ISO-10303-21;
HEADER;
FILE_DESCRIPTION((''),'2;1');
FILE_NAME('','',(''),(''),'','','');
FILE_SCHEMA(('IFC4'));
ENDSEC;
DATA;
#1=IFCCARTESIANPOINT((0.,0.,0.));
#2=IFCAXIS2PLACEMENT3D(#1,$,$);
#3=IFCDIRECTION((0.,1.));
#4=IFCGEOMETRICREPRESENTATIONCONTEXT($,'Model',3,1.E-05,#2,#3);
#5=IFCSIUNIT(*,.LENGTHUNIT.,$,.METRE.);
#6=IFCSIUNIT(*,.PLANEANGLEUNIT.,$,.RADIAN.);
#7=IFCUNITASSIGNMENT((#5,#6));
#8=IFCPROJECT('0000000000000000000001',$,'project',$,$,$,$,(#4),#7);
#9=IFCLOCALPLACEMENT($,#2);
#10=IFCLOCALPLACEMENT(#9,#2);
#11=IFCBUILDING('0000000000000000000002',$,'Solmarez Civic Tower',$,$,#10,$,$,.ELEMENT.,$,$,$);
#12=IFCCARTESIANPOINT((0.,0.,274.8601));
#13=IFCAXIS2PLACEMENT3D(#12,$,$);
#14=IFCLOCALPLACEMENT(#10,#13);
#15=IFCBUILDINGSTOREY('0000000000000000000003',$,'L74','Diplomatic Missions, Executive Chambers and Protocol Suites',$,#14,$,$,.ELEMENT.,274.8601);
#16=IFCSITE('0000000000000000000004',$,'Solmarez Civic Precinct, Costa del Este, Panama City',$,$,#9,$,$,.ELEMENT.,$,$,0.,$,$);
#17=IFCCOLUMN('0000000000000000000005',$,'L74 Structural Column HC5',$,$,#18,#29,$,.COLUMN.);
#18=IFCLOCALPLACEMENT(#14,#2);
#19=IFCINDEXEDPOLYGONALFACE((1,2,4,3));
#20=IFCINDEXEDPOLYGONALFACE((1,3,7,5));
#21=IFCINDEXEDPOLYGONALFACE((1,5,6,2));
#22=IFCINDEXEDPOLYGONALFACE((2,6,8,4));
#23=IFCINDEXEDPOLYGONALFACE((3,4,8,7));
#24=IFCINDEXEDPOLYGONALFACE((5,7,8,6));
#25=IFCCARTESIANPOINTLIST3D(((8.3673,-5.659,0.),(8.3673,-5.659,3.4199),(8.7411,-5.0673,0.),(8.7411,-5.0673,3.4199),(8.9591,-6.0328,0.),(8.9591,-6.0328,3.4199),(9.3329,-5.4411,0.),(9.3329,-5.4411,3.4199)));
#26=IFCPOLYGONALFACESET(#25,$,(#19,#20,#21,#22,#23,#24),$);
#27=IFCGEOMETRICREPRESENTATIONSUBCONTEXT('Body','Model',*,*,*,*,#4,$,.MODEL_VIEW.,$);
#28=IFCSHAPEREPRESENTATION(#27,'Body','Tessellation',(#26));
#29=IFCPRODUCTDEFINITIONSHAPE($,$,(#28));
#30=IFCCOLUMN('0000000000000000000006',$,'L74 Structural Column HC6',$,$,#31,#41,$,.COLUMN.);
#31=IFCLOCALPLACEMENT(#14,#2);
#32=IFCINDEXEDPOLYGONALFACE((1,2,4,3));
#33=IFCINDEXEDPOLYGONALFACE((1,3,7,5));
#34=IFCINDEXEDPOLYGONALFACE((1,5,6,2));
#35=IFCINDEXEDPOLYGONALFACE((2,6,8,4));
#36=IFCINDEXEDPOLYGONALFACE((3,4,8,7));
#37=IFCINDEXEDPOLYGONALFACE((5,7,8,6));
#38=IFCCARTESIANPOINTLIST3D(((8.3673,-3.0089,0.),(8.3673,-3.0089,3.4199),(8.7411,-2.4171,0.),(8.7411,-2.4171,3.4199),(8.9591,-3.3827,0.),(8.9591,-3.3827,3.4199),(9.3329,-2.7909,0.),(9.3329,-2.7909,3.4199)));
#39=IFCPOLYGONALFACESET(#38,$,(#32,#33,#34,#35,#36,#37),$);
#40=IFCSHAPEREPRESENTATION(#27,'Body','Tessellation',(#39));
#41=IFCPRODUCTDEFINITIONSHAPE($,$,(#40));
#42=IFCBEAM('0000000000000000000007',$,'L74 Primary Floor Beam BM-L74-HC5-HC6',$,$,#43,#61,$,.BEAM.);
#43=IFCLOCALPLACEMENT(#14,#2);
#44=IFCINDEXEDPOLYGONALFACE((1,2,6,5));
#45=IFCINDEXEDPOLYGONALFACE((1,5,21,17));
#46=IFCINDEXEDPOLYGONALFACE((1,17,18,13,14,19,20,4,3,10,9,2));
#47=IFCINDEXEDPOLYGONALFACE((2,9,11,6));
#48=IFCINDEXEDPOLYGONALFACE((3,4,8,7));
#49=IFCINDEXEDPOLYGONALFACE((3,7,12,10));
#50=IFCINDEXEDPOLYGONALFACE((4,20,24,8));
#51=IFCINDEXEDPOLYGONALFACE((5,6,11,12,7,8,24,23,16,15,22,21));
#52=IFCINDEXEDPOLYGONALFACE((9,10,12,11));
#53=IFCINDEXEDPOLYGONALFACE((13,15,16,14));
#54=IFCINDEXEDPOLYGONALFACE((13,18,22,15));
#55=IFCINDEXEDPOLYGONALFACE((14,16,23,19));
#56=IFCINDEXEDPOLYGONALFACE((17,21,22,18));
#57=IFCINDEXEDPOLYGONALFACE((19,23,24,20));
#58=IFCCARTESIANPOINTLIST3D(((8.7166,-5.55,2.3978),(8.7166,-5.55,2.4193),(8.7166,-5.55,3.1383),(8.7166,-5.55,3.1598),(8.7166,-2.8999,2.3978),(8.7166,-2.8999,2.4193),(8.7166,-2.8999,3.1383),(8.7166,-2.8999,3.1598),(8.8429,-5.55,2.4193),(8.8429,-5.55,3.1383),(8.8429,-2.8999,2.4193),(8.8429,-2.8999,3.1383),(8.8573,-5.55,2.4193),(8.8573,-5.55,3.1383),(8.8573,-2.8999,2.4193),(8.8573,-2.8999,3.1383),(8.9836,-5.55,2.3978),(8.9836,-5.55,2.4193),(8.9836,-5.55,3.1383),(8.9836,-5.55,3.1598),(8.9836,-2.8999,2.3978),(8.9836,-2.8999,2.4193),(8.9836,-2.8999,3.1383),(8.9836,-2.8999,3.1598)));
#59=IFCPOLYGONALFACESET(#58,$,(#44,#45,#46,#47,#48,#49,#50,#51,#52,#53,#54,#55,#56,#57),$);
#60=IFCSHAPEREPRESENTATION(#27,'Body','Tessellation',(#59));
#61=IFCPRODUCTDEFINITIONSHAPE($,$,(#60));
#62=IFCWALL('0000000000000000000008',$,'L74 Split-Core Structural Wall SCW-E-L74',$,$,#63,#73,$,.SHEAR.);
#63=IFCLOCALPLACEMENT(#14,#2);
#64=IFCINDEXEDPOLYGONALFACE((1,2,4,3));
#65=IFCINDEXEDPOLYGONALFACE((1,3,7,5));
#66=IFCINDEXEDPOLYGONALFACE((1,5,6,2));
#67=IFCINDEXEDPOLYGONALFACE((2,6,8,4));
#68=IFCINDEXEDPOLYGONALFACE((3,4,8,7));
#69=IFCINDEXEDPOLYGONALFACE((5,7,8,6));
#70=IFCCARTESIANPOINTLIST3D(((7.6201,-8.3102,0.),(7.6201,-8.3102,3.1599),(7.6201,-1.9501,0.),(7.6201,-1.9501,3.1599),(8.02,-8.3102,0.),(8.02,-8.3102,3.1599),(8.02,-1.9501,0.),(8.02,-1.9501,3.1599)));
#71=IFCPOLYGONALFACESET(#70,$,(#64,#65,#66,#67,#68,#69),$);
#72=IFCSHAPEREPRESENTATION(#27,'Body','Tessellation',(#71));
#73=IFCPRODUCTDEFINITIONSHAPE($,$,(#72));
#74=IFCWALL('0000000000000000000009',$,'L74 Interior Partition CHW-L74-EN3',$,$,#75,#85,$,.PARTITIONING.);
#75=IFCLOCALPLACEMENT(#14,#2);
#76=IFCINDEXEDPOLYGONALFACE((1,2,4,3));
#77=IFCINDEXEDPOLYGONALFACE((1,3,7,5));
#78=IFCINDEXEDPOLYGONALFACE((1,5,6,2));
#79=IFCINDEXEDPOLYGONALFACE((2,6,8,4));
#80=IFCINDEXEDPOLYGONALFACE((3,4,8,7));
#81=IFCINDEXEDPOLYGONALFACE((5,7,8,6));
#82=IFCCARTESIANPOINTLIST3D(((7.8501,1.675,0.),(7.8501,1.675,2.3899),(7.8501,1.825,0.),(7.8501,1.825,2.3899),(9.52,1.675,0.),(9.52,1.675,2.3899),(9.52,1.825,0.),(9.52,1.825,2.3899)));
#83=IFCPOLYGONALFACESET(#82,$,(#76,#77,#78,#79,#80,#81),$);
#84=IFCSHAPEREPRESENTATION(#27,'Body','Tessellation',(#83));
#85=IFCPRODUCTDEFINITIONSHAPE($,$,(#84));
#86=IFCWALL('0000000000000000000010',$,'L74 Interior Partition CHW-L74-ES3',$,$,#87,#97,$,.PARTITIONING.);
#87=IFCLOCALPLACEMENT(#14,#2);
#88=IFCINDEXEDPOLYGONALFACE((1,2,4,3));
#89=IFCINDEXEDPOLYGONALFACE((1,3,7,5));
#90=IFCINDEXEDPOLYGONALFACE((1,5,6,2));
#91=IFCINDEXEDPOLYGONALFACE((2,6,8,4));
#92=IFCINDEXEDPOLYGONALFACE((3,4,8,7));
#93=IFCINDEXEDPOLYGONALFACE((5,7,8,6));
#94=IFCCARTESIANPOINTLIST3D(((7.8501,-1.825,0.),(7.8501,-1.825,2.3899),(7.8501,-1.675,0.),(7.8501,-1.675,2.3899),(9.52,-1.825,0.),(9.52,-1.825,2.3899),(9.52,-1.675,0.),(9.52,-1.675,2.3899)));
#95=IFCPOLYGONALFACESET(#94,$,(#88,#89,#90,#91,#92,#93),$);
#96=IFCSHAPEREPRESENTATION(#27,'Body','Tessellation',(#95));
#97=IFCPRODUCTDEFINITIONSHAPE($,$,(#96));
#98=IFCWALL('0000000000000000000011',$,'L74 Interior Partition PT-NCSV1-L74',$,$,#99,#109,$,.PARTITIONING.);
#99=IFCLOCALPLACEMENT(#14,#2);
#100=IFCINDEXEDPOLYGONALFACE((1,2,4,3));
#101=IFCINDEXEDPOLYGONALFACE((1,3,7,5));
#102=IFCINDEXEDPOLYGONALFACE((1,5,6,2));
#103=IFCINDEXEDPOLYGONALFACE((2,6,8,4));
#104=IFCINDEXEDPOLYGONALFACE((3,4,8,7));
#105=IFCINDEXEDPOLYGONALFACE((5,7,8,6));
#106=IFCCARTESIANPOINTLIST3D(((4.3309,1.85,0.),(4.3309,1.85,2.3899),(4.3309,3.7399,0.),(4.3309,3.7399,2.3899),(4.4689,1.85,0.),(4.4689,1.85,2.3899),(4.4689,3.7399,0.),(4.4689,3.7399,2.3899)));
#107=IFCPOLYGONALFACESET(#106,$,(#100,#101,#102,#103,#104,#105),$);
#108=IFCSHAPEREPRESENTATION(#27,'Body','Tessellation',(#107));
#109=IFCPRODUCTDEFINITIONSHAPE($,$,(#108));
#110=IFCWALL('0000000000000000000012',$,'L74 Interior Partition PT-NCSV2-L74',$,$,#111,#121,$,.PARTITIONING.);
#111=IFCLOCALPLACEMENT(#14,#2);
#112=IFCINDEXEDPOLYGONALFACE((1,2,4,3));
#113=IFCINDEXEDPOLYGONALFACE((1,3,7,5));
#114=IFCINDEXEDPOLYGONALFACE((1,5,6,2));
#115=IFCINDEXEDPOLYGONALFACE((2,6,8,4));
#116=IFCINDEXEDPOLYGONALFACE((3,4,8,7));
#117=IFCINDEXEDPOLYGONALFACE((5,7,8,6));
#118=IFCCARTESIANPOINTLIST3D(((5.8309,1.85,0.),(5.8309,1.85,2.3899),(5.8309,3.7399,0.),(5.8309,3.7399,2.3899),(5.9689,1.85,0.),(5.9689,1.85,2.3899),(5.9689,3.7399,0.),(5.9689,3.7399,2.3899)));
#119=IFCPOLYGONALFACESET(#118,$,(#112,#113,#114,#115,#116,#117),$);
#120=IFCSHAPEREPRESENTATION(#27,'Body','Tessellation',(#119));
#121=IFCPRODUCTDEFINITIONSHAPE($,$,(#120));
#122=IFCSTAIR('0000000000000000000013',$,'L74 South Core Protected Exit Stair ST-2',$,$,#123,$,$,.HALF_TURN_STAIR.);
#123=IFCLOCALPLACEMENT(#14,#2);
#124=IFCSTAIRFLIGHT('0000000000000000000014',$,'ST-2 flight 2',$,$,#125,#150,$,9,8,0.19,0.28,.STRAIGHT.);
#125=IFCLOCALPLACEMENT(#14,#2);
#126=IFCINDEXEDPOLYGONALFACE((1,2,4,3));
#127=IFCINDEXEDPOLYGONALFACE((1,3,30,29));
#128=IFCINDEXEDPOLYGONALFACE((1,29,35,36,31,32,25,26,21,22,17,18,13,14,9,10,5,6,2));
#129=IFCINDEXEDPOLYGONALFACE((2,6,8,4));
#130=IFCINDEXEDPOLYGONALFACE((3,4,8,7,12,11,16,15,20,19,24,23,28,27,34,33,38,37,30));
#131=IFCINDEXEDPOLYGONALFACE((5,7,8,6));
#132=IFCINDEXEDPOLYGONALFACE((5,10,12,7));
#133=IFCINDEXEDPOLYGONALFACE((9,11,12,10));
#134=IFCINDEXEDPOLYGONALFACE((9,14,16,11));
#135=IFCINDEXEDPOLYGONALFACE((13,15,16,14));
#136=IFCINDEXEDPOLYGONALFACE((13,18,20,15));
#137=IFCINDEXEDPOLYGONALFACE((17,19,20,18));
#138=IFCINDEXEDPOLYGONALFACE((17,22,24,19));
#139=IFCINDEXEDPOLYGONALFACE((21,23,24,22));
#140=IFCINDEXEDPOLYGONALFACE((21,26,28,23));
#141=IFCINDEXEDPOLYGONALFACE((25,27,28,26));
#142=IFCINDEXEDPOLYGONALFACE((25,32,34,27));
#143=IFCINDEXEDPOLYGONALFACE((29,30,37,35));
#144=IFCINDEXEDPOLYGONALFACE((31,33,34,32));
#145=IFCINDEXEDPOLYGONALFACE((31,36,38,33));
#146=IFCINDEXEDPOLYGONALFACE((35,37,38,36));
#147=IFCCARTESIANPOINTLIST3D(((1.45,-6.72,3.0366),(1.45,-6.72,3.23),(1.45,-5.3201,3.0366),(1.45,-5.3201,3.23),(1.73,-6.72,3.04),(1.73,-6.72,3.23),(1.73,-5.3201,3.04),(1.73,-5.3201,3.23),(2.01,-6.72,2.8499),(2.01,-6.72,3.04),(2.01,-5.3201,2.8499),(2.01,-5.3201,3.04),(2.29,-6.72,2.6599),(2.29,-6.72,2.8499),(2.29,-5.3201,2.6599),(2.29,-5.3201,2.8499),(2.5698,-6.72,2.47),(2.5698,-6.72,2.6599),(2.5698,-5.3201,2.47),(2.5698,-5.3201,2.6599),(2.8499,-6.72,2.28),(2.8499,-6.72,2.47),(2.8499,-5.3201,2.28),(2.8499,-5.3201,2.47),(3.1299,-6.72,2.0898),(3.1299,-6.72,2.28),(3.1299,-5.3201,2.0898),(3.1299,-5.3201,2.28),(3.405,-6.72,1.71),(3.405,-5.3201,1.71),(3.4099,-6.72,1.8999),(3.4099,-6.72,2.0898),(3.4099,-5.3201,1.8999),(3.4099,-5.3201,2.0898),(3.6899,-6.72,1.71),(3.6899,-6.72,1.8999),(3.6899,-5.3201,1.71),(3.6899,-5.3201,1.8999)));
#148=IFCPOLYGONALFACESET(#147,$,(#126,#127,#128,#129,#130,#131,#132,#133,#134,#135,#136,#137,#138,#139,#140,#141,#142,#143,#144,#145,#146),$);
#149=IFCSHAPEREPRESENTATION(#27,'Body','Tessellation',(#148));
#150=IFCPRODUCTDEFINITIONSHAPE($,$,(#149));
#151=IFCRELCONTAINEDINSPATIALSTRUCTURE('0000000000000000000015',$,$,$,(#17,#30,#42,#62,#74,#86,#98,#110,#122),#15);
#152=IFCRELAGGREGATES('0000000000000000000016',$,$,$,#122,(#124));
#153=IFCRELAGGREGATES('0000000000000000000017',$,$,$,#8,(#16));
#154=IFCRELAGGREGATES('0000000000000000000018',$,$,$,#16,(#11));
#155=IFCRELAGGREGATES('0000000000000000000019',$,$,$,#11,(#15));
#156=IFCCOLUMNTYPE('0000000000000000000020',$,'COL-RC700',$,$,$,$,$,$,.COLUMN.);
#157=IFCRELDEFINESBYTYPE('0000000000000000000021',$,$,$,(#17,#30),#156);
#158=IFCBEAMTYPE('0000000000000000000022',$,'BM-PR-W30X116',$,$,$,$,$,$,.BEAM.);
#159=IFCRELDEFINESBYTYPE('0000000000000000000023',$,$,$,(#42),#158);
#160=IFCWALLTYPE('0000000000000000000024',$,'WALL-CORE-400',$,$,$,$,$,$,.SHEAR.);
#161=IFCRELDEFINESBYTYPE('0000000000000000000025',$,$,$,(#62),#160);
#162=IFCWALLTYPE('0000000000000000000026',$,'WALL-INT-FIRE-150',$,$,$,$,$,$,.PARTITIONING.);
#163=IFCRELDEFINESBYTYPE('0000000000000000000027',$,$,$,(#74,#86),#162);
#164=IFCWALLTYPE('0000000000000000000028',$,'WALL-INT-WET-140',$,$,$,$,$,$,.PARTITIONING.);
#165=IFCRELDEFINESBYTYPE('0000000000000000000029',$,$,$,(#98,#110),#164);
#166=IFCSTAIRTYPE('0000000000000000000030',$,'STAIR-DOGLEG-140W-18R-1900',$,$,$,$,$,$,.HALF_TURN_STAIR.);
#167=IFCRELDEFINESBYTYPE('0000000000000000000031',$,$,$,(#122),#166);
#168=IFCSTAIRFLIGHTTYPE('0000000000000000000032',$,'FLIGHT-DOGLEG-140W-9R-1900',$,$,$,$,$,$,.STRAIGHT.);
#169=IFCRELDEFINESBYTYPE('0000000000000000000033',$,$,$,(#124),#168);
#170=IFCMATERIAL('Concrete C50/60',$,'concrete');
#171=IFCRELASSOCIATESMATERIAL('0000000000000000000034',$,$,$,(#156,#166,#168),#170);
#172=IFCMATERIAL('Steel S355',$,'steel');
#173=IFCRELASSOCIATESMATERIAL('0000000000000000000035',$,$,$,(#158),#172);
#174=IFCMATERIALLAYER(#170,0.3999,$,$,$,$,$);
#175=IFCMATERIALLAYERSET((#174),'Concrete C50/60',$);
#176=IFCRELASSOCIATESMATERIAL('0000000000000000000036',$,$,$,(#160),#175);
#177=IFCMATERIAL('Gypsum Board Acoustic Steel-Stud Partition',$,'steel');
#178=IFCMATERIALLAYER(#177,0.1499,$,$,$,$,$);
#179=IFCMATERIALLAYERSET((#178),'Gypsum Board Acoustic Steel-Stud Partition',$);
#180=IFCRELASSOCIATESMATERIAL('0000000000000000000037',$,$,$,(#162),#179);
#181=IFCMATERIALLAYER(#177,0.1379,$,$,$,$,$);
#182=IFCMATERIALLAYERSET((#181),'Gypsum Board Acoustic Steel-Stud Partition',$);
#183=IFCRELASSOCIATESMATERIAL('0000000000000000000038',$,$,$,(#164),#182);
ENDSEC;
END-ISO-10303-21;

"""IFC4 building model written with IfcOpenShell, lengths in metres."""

from ifc_helpers import new_model, si_unit, direction, frame, frame_2d, origin, origin_2d, place, context, subcontext, project, spatial, polyline, rectangle, i_section, outline, extrude, material, layer, layer_set, material_profile, profile_set, type_object, element, aggregate, save


model = new_model("IFC4")

# Units and contexts
model_context = context("Model", 3, precision=1e-05, world=origin(), true_north=direction((0.0, 1.0)))
body_context = subcontext(model_context, "Body", "Model", "MODEL_VIEW")
ifc_project = project(units=[si_unit("LENGTHUNIT", "METRE"), si_unit("PLANEANGLEUNIT", "RADIAN")], contexts=[model_context])

# Site, building, storey
site_placement = place(None, origin())
site = spatial("IfcSite", under=ifc_project, at=site_placement, Name="Solmarez Civic Precinct, Costa del Este, Panama City", CompositionType="ELEMENT", RefElevation=0.0)
building_placement = place(site_placement, origin())
building = spatial("IfcBuilding", under=site, at=building_placement, Name="Solmarez Civic Tower", CompositionType="ELEMENT")
storey_placement = place(building_placement, frame((0.0, 0.0, 274.8601)))
storey = spatial("IfcBuildingStorey", under=building, at=storey_placement, Name="L74", Description="Diplomatic Missions, Executive Chambers and Protocol Suites", CompositionType="ELEMENT", Elevation=274.8601)

# Columns
ifc_material_1 = material(Name="Concrete C50/60", Category="concrete")
ifc_material_profile_1 = material_profile(ifc_material_1, rectangle(XDim=0.7, YDim=0.7, at=origin_2d()), Name="RC700X700")
ifc_profile_set_1 = profile_set([ifc_material_profile_1], Name="Concrete C50/60")
column_type = type_object("IfcColumnType", Name="COL-RC700", PredefinedType="COLUMN", material=ifc_profile_set_1)
for number, where, z_axis, x_axis, name in (
    (1, (8.8501, -5.55, 0.0), (0.0, 0.0, 1.0), (0.534057, 0.845448, 0.0), "L74 Structural Column HC5"),
    (2, (8.8501, -2.8999, 0.0), (0.0, 0.0, 1.0), (0.534057, 0.845448, 0.0), "L74 Structural Column HC6"),
):
    element("IfcColumn", number, at=place(storey_placement, frame(where, z_axis=z_axis, x_axis=x_axis)), inside=storey, type_object=column_type, Name=name, PredefinedType="COLUMN", context=body_context, shape_type="SweptSolid", body=[
        extrude(rectangle(XDim=0.7, YDim=0.7, at=origin_2d()), origin(), (0.0, 0.0, 1.0), 3.4199),
    ])

# Beam
ifc_material_2 = material(Name="Steel S355", Category="steel")
ifc_material_profile_2 = material_profile(ifc_material_2, i_section(OverallWidth=0.2671, OverallDepth=0.762, WebThickness=0.0144, FlangeThickness=0.0215, at=origin_2d()), Name="W30X116")
ifc_profile_set_2 = profile_set([ifc_material_profile_2], Name="Steel S355")
beam_type = type_object("IfcBeamType", Name="BM-PR-W30X116", PredefinedType="BEAM", material=ifc_profile_set_2)
beam_placement = place(storey_placement, frame((8.8501, -5.55, 2.7788), z_axis=(0.0, 1.0, 0.0), x_axis=(-1.0, 0.0, 0.0)))
element("IfcBeam", 3, at=beam_placement, inside=storey, type_object=beam_type, Name="L74 Primary Floor Beam BM-L74-HC5-HC6", PredefinedType="BEAM", context=body_context, shape_type="SweptSolid", body=[
    extrude(i_section(OverallWidth=0.2671, OverallDepth=0.762, WebThickness=0.0144, FlangeThickness=0.0215, at=origin_2d()), origin(), (0.0, 0.0, 1.0), 2.6501),
])

# Shared definitions
ifc_layer_1 = layer(ifc_material_1, 0.3999)
ifc_layer_set_1 = layer_set([ifc_layer_1], Name="Concrete C50/60")
wall_type_1 = type_object("IfcWallType", Name="WALL-CORE-400", PredefinedType="SHEAR", material=ifc_layer_set_1)

# Walls
wall_1_placement = place(storey_placement, frame((7.8201, -1.95, 0.0), z_axis=(0.0, 0.0, 1.0), x_axis=(0.0, -1.0, 0.0)))
element("IfcWall", 4, at=wall_1_placement, inside=storey, type_object=wall_type_1, Name="L74 Split-Core Structural Wall SCW-E-L74", PredefinedType="SHEAR", context=body_context, shape_type="SweptSolid", body=[
    extrude(rectangle(XDim=6.3601, YDim=0.3999, at=frame_2d((3.1802, 0.0))), origin(), (0.0, 0.0, 1.0), 3.1599),
])
ifc_material_3 = material(Name="Gypsum Board Acoustic Steel-Stud Partition", Category="steel")
ifc_layer_2 = layer(ifc_material_3, 0.1499)
ifc_layer_set_2 = layer_set([ifc_layer_2], Name="Gypsum Board Acoustic Steel-Stud Partition")
wall_type_2 = type_object("IfcWallType", Name="WALL-INT-FIRE-150", PredefinedType="PARTITIONING", material=ifc_layer_set_2)
for number, where, z_axis, x_axis, name in (
    (5, (7.8501, 1.75, 0.0), (0.0, 0.0, 1.0), (1.0, 0.0, 0.0), "L74 Interior Partition CHW-L74-EN3"),
    (6, (7.8501, -1.75, 0.0), (0.0, 0.0, 1.0), (1.0, 0.0, 0.0), "L74 Interior Partition CHW-L74-ES3"),
):
    element("IfcWall", number, at=place(storey_placement, frame(where, z_axis=z_axis, x_axis=x_axis)), inside=storey, type_object=wall_type_2, Name=name, PredefinedType="PARTITIONING", context=body_context, shape_type="SweptSolid", body=[
        extrude(rectangle(XDim=1.6699, YDim=0.1499, at=frame_2d((0.835, 0.0))), origin(), (0.0, 0.0, 1.0), 2.3899),
    ])
ifc_layer_3 = layer(ifc_material_3, 0.1379)
ifc_layer_set_3 = layer_set([ifc_layer_3], Name="Gypsum Board Acoustic Steel-Stud Partition")
wall_type_3 = type_object("IfcWallType", Name="WALL-INT-WET-140", PredefinedType="PARTITIONING", material=ifc_layer_set_3)
for number, where, z_axis, x_axis, name in (
    (7, (4.3999, 1.8501, 0.0), (0.0, 0.0, 1.0), (0.0, 1.0, 0.0), "L74 Interior Partition PT-NCSV1-L74"),
    (8, (5.8999, 1.8501, 0.0), (0.0, 0.0, 1.0), (0.0, 1.0, 0.0), "L74 Interior Partition PT-NCSV2-L74"),
):
    element("IfcWall", number, at=place(storey_placement, frame(where, z_axis=z_axis, x_axis=x_axis)), inside=storey, type_object=wall_type_3, Name=name, PredefinedType="PARTITIONING", context=body_context, shape_type="SweptSolid", body=[
        extrude(rectangle(XDim=1.8899, YDim=0.1379, at=frame_2d((0.9448, 0.0))), origin(), (0.0, 0.0, 1.0), 2.3899),
    ])

# Stair, stair flight
stair_type = type_object("IfcStairType", Name="STAIR-DOGLEG-140W-18R-1900", PredefinedType="HALF_TURN_STAIR", material=ifc_material_1)
stair_placement = place(storey_placement, origin())
stair = element("IfcStair", 9, at=stair_placement, inside=storey, type_object=stair_type, Name="L74 South Core Protected Exit Stair ST-2", PredefinedType="HALF_TURN_STAIR")
stair_flight_type = type_object("IfcStairFlightType", Name="FLIGHT-DOGLEG-140W-9R-1900", PredefinedType="STRAIGHT", material=ifc_material_1)
stair_flight_placement = place(storey_placement, frame((3.6899, -6.02, 1.71), z_axis=(0.0, 0.0, 1.0), x_axis=(-1.0, 0.0, 0.0)))
stair_flight = element("IfcStairFlight", 10, at=stair_flight_placement, type_object=stair_flight_type, Name="ST-2 flight 2", NumberOfRisers=9, NumberOfTreads=8, PredefinedType="STRAIGHT", RiserHeight=0.19, TreadLength=0.28, context=body_context, shape_type="SweptSolid", body=[
    extrude(outline(polyline([(0.0, 0.0), (0.0, 0.1899), (0.28, 0.1899), (0.28, 0.3799), (0.5601, 0.3799), (0.5601, 0.5701), (0.8401, 0.5701), (0.8401, 0.76), (1.1201, 0.76), (1.1201, 0.95), (1.3999, 0.95), (1.3999, 1.1399), (1.6799, 1.1399), (1.6799, 1.3301), (1.96, 1.3301), (1.96, 1.52), (2.24, 1.52), (2.24, 1.71), (2.24, 1.3267), (0.2849, 0.0), (0.0, 0.0)])), frame((0.0, 0.7, 0.0), z_axis=(0.0, -1.0, 0.0), x_axis=(1.0, 0.0, 0.0)), (0.0, 0.0, 1.0), 1.3999),
])
aggregate(stair, [stair_flight])

save(model, "model.ifc")
